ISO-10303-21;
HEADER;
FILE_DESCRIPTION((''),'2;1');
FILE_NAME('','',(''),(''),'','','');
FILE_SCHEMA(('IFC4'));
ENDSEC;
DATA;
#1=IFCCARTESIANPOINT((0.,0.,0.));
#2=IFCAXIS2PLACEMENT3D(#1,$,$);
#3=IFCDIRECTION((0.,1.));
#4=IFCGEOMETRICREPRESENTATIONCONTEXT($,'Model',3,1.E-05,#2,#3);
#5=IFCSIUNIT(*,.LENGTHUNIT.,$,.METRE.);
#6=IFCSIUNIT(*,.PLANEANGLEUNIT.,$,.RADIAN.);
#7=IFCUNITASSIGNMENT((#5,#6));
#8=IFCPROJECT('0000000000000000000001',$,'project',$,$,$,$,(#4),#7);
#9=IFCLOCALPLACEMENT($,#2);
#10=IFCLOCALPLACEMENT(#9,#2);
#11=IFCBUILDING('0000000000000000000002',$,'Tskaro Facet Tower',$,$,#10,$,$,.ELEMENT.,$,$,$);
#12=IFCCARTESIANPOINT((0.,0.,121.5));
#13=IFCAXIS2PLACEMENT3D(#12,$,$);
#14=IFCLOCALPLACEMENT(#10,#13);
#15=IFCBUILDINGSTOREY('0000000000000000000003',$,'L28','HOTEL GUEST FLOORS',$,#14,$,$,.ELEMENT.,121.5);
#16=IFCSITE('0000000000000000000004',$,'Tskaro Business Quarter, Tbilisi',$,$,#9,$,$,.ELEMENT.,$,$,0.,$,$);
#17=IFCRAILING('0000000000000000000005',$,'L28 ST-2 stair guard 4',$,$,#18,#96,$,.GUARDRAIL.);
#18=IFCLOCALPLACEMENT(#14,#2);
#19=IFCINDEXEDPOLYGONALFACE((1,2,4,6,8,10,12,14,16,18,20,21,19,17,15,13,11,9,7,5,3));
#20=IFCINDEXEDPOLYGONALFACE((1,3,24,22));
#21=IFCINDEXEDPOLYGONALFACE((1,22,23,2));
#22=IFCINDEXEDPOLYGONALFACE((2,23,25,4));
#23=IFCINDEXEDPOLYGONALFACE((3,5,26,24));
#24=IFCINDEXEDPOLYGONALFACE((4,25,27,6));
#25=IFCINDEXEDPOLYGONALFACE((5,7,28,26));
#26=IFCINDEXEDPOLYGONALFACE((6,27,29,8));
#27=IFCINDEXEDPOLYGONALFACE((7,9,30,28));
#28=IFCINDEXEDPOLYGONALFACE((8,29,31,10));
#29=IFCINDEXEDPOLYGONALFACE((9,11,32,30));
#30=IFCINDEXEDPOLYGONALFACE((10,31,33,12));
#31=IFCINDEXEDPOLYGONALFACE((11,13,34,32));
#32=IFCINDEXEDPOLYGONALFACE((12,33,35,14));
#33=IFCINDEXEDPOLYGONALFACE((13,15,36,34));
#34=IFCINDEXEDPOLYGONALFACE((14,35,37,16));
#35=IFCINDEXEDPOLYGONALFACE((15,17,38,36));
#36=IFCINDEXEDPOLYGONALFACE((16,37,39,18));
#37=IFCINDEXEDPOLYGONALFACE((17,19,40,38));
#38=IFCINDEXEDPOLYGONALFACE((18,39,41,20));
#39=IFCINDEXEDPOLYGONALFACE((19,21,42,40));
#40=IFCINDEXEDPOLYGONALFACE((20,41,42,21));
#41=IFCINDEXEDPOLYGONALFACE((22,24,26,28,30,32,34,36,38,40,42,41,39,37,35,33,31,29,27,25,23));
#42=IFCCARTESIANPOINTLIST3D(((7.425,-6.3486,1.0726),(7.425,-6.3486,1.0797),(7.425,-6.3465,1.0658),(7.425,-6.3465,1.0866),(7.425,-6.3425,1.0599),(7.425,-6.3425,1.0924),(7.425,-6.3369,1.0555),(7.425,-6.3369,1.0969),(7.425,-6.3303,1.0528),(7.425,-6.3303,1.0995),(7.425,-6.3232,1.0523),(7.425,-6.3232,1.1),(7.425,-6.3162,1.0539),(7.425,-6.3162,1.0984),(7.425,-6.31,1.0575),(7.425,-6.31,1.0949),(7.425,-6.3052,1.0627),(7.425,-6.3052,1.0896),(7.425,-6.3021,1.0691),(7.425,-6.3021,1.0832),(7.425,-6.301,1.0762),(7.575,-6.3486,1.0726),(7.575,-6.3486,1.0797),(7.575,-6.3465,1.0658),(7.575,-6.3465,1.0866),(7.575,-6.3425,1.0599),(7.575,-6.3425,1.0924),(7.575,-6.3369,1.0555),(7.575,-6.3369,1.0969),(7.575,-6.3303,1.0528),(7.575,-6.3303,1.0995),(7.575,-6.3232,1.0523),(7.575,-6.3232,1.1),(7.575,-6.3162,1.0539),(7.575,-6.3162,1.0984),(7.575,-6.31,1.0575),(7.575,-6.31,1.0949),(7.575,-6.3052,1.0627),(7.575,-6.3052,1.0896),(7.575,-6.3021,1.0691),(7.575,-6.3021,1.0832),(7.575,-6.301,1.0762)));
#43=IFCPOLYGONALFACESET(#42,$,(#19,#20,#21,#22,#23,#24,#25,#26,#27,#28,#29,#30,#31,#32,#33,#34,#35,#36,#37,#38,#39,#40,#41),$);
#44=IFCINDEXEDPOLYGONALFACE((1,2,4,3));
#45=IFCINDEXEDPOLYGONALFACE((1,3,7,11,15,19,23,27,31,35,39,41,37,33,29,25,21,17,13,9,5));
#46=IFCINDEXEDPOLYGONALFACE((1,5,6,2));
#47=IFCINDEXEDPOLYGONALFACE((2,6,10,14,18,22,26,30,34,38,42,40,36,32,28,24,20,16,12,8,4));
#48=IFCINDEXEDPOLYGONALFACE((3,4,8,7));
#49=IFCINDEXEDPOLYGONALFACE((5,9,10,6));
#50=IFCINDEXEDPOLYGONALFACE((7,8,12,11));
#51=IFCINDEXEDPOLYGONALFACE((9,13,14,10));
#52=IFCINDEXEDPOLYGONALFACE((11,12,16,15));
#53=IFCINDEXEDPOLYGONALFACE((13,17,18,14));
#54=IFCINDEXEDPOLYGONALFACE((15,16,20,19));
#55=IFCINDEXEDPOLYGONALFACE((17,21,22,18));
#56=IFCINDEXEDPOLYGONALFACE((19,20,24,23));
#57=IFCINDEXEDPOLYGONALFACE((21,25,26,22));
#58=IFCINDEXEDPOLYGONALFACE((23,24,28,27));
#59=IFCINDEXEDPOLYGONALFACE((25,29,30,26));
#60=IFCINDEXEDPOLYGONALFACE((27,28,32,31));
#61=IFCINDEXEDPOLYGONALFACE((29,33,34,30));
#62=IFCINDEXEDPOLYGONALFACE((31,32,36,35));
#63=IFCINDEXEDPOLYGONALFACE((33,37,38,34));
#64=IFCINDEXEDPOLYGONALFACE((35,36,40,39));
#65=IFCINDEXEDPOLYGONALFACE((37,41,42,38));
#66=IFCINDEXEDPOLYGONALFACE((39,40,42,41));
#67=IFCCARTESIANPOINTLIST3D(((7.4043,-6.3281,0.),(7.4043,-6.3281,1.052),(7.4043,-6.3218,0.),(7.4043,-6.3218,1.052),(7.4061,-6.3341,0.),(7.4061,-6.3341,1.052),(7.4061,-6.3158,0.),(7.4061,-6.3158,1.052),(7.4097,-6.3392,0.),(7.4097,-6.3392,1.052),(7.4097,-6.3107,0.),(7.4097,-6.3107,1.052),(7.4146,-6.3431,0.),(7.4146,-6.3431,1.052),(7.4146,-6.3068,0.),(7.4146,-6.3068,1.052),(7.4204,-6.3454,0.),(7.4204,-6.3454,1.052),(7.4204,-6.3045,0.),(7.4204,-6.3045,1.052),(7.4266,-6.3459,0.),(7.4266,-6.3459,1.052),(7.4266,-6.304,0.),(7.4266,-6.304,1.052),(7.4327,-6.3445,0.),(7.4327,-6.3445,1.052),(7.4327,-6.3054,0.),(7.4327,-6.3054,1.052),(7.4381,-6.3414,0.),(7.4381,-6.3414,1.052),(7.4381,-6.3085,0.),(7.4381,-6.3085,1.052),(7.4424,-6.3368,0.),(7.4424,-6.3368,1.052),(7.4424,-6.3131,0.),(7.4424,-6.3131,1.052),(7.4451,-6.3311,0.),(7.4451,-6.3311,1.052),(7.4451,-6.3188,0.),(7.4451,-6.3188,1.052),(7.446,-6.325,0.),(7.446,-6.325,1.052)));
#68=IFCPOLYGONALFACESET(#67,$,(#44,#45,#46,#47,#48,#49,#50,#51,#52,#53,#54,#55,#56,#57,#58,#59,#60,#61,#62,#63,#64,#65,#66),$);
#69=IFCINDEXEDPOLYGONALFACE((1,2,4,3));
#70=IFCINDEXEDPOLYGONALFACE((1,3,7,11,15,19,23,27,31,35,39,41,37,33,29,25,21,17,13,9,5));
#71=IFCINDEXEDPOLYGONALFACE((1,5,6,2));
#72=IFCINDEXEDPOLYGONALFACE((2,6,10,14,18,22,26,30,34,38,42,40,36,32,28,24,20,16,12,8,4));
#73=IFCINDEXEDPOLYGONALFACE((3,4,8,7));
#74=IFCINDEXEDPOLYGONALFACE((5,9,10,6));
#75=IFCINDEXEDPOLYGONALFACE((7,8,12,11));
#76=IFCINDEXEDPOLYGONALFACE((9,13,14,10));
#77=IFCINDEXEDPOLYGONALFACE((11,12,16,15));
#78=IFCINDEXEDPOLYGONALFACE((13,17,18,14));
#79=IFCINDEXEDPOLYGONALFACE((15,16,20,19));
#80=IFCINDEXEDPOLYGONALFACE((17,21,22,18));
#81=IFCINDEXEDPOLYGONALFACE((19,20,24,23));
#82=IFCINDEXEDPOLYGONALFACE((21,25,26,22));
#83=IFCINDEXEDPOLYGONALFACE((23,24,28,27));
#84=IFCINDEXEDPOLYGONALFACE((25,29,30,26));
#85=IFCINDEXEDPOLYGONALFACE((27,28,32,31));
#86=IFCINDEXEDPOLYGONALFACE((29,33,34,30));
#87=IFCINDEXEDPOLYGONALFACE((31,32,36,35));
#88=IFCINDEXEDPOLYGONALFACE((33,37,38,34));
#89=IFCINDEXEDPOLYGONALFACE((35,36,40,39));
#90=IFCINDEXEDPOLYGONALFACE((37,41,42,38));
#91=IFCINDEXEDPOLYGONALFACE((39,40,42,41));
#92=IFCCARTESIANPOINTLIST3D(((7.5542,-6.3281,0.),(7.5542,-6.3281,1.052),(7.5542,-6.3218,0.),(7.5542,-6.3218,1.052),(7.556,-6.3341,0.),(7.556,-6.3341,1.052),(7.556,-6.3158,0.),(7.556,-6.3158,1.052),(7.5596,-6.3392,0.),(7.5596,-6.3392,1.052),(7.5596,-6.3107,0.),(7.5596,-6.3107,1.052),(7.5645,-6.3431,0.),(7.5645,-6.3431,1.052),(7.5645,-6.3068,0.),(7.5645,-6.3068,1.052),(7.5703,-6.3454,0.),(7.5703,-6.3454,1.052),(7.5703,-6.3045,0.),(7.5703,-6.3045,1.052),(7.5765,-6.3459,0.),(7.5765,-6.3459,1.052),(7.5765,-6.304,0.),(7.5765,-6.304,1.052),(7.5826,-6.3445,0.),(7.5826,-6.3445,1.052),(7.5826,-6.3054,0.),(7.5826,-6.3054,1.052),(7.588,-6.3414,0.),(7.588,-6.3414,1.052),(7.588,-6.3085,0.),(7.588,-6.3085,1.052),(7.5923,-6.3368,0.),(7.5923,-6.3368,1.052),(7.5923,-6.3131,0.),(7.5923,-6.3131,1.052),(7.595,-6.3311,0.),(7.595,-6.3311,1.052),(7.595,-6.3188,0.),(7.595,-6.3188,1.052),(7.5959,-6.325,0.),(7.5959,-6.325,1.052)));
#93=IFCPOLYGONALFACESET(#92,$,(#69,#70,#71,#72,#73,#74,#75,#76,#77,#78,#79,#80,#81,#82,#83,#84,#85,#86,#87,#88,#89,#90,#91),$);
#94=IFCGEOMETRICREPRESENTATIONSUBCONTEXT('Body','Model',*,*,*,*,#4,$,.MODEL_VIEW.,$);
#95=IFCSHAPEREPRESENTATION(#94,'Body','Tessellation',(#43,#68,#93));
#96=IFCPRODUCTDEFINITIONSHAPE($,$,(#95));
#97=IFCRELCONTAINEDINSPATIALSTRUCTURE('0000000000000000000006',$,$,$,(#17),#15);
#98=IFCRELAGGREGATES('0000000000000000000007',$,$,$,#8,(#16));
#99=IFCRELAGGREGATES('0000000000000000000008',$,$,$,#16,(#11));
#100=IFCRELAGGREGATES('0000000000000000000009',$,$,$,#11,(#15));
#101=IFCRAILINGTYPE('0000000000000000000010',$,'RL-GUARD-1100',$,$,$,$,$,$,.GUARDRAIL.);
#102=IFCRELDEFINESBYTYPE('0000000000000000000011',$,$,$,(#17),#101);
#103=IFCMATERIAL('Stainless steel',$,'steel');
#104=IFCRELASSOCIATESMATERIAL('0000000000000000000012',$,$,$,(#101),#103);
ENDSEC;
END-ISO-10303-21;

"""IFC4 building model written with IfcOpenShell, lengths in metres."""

from ifc_helpers import new_model, si_unit, direction, frame, origin, origin_2d, place, context, subcontext, project, spatial, circle, extrude, material, type_object, element, save


model = new_model("IFC4")

# Units and contexts
model_context = context("Model", 3, precision=1e-05, world=origin(), true_north=direction((0.0, 1.0)))
body_context = subcontext(model_context, "Body", "Model", "MODEL_VIEW")
ifc_project = project(units=[si_unit("LENGTHUNIT", "METRE"), si_unit("PLANEANGLEUNIT", "RADIAN")], contexts=[model_context])

# Site, building, storey
site_placement = place(None, origin())
site = spatial("IfcSite", under=ifc_project, at=site_placement, Name="Tskaro Business Quarter, Tbilisi", CompositionType="ELEMENT", RefElevation=0.0)
building_placement = place(site_placement, origin())
building = spatial("IfcBuilding", under=site, at=building_placement, Name="Tskaro Facet Tower", CompositionType="ELEMENT")
storey_placement = place(building_placement, frame((0.0, 0.0, 121.5)))
storey = spatial("IfcBuildingStorey", under=building, at=storey_placement, Name="L28", Description="HOTEL GUEST FLOORS", CompositionType="ELEMENT", Elevation=121.5)

# Railing
ifc_material_1 = material(Name="Stainless steel", Category="steel")
railing_type_1 = type_object("IfcRailingType", Name="RL-GUARD-1100", PredefinedType="GUARDRAIL", material=ifc_material_1)
railing_1_placement = place(storey_placement, frame((7.425, -6.325, 0.0)))
element("IfcRailing", 1, at=railing_1_placement, inside=storey, type_object=railing_type_1, Name="L28 ST-2 stair guard 4", PredefinedType="GUARDRAIL", context=body_context, shape_type="SweptSolid", body=[
    extrude(circle(Radius=0.0239, at=origin_2d()), frame((0.0, 0.0, 1.0762), z_axis=(1.0, 0.0, 0.0), x_axis=(0.0, 1.0, 0.0)), (0.0, 0.0, 1.0), 0.1499),
    extrude(circle(Radius=0.021, at=origin_2d()), origin(), (0.0, 0.0, 1.0), 1.052),
    extrude(circle(Radius=0.021, at=origin_2d()), frame((0.1499, 0.0, 0.0)), (0.0, 0.0, 1.0), 1.052),
])

save(model, "model.ifc")
